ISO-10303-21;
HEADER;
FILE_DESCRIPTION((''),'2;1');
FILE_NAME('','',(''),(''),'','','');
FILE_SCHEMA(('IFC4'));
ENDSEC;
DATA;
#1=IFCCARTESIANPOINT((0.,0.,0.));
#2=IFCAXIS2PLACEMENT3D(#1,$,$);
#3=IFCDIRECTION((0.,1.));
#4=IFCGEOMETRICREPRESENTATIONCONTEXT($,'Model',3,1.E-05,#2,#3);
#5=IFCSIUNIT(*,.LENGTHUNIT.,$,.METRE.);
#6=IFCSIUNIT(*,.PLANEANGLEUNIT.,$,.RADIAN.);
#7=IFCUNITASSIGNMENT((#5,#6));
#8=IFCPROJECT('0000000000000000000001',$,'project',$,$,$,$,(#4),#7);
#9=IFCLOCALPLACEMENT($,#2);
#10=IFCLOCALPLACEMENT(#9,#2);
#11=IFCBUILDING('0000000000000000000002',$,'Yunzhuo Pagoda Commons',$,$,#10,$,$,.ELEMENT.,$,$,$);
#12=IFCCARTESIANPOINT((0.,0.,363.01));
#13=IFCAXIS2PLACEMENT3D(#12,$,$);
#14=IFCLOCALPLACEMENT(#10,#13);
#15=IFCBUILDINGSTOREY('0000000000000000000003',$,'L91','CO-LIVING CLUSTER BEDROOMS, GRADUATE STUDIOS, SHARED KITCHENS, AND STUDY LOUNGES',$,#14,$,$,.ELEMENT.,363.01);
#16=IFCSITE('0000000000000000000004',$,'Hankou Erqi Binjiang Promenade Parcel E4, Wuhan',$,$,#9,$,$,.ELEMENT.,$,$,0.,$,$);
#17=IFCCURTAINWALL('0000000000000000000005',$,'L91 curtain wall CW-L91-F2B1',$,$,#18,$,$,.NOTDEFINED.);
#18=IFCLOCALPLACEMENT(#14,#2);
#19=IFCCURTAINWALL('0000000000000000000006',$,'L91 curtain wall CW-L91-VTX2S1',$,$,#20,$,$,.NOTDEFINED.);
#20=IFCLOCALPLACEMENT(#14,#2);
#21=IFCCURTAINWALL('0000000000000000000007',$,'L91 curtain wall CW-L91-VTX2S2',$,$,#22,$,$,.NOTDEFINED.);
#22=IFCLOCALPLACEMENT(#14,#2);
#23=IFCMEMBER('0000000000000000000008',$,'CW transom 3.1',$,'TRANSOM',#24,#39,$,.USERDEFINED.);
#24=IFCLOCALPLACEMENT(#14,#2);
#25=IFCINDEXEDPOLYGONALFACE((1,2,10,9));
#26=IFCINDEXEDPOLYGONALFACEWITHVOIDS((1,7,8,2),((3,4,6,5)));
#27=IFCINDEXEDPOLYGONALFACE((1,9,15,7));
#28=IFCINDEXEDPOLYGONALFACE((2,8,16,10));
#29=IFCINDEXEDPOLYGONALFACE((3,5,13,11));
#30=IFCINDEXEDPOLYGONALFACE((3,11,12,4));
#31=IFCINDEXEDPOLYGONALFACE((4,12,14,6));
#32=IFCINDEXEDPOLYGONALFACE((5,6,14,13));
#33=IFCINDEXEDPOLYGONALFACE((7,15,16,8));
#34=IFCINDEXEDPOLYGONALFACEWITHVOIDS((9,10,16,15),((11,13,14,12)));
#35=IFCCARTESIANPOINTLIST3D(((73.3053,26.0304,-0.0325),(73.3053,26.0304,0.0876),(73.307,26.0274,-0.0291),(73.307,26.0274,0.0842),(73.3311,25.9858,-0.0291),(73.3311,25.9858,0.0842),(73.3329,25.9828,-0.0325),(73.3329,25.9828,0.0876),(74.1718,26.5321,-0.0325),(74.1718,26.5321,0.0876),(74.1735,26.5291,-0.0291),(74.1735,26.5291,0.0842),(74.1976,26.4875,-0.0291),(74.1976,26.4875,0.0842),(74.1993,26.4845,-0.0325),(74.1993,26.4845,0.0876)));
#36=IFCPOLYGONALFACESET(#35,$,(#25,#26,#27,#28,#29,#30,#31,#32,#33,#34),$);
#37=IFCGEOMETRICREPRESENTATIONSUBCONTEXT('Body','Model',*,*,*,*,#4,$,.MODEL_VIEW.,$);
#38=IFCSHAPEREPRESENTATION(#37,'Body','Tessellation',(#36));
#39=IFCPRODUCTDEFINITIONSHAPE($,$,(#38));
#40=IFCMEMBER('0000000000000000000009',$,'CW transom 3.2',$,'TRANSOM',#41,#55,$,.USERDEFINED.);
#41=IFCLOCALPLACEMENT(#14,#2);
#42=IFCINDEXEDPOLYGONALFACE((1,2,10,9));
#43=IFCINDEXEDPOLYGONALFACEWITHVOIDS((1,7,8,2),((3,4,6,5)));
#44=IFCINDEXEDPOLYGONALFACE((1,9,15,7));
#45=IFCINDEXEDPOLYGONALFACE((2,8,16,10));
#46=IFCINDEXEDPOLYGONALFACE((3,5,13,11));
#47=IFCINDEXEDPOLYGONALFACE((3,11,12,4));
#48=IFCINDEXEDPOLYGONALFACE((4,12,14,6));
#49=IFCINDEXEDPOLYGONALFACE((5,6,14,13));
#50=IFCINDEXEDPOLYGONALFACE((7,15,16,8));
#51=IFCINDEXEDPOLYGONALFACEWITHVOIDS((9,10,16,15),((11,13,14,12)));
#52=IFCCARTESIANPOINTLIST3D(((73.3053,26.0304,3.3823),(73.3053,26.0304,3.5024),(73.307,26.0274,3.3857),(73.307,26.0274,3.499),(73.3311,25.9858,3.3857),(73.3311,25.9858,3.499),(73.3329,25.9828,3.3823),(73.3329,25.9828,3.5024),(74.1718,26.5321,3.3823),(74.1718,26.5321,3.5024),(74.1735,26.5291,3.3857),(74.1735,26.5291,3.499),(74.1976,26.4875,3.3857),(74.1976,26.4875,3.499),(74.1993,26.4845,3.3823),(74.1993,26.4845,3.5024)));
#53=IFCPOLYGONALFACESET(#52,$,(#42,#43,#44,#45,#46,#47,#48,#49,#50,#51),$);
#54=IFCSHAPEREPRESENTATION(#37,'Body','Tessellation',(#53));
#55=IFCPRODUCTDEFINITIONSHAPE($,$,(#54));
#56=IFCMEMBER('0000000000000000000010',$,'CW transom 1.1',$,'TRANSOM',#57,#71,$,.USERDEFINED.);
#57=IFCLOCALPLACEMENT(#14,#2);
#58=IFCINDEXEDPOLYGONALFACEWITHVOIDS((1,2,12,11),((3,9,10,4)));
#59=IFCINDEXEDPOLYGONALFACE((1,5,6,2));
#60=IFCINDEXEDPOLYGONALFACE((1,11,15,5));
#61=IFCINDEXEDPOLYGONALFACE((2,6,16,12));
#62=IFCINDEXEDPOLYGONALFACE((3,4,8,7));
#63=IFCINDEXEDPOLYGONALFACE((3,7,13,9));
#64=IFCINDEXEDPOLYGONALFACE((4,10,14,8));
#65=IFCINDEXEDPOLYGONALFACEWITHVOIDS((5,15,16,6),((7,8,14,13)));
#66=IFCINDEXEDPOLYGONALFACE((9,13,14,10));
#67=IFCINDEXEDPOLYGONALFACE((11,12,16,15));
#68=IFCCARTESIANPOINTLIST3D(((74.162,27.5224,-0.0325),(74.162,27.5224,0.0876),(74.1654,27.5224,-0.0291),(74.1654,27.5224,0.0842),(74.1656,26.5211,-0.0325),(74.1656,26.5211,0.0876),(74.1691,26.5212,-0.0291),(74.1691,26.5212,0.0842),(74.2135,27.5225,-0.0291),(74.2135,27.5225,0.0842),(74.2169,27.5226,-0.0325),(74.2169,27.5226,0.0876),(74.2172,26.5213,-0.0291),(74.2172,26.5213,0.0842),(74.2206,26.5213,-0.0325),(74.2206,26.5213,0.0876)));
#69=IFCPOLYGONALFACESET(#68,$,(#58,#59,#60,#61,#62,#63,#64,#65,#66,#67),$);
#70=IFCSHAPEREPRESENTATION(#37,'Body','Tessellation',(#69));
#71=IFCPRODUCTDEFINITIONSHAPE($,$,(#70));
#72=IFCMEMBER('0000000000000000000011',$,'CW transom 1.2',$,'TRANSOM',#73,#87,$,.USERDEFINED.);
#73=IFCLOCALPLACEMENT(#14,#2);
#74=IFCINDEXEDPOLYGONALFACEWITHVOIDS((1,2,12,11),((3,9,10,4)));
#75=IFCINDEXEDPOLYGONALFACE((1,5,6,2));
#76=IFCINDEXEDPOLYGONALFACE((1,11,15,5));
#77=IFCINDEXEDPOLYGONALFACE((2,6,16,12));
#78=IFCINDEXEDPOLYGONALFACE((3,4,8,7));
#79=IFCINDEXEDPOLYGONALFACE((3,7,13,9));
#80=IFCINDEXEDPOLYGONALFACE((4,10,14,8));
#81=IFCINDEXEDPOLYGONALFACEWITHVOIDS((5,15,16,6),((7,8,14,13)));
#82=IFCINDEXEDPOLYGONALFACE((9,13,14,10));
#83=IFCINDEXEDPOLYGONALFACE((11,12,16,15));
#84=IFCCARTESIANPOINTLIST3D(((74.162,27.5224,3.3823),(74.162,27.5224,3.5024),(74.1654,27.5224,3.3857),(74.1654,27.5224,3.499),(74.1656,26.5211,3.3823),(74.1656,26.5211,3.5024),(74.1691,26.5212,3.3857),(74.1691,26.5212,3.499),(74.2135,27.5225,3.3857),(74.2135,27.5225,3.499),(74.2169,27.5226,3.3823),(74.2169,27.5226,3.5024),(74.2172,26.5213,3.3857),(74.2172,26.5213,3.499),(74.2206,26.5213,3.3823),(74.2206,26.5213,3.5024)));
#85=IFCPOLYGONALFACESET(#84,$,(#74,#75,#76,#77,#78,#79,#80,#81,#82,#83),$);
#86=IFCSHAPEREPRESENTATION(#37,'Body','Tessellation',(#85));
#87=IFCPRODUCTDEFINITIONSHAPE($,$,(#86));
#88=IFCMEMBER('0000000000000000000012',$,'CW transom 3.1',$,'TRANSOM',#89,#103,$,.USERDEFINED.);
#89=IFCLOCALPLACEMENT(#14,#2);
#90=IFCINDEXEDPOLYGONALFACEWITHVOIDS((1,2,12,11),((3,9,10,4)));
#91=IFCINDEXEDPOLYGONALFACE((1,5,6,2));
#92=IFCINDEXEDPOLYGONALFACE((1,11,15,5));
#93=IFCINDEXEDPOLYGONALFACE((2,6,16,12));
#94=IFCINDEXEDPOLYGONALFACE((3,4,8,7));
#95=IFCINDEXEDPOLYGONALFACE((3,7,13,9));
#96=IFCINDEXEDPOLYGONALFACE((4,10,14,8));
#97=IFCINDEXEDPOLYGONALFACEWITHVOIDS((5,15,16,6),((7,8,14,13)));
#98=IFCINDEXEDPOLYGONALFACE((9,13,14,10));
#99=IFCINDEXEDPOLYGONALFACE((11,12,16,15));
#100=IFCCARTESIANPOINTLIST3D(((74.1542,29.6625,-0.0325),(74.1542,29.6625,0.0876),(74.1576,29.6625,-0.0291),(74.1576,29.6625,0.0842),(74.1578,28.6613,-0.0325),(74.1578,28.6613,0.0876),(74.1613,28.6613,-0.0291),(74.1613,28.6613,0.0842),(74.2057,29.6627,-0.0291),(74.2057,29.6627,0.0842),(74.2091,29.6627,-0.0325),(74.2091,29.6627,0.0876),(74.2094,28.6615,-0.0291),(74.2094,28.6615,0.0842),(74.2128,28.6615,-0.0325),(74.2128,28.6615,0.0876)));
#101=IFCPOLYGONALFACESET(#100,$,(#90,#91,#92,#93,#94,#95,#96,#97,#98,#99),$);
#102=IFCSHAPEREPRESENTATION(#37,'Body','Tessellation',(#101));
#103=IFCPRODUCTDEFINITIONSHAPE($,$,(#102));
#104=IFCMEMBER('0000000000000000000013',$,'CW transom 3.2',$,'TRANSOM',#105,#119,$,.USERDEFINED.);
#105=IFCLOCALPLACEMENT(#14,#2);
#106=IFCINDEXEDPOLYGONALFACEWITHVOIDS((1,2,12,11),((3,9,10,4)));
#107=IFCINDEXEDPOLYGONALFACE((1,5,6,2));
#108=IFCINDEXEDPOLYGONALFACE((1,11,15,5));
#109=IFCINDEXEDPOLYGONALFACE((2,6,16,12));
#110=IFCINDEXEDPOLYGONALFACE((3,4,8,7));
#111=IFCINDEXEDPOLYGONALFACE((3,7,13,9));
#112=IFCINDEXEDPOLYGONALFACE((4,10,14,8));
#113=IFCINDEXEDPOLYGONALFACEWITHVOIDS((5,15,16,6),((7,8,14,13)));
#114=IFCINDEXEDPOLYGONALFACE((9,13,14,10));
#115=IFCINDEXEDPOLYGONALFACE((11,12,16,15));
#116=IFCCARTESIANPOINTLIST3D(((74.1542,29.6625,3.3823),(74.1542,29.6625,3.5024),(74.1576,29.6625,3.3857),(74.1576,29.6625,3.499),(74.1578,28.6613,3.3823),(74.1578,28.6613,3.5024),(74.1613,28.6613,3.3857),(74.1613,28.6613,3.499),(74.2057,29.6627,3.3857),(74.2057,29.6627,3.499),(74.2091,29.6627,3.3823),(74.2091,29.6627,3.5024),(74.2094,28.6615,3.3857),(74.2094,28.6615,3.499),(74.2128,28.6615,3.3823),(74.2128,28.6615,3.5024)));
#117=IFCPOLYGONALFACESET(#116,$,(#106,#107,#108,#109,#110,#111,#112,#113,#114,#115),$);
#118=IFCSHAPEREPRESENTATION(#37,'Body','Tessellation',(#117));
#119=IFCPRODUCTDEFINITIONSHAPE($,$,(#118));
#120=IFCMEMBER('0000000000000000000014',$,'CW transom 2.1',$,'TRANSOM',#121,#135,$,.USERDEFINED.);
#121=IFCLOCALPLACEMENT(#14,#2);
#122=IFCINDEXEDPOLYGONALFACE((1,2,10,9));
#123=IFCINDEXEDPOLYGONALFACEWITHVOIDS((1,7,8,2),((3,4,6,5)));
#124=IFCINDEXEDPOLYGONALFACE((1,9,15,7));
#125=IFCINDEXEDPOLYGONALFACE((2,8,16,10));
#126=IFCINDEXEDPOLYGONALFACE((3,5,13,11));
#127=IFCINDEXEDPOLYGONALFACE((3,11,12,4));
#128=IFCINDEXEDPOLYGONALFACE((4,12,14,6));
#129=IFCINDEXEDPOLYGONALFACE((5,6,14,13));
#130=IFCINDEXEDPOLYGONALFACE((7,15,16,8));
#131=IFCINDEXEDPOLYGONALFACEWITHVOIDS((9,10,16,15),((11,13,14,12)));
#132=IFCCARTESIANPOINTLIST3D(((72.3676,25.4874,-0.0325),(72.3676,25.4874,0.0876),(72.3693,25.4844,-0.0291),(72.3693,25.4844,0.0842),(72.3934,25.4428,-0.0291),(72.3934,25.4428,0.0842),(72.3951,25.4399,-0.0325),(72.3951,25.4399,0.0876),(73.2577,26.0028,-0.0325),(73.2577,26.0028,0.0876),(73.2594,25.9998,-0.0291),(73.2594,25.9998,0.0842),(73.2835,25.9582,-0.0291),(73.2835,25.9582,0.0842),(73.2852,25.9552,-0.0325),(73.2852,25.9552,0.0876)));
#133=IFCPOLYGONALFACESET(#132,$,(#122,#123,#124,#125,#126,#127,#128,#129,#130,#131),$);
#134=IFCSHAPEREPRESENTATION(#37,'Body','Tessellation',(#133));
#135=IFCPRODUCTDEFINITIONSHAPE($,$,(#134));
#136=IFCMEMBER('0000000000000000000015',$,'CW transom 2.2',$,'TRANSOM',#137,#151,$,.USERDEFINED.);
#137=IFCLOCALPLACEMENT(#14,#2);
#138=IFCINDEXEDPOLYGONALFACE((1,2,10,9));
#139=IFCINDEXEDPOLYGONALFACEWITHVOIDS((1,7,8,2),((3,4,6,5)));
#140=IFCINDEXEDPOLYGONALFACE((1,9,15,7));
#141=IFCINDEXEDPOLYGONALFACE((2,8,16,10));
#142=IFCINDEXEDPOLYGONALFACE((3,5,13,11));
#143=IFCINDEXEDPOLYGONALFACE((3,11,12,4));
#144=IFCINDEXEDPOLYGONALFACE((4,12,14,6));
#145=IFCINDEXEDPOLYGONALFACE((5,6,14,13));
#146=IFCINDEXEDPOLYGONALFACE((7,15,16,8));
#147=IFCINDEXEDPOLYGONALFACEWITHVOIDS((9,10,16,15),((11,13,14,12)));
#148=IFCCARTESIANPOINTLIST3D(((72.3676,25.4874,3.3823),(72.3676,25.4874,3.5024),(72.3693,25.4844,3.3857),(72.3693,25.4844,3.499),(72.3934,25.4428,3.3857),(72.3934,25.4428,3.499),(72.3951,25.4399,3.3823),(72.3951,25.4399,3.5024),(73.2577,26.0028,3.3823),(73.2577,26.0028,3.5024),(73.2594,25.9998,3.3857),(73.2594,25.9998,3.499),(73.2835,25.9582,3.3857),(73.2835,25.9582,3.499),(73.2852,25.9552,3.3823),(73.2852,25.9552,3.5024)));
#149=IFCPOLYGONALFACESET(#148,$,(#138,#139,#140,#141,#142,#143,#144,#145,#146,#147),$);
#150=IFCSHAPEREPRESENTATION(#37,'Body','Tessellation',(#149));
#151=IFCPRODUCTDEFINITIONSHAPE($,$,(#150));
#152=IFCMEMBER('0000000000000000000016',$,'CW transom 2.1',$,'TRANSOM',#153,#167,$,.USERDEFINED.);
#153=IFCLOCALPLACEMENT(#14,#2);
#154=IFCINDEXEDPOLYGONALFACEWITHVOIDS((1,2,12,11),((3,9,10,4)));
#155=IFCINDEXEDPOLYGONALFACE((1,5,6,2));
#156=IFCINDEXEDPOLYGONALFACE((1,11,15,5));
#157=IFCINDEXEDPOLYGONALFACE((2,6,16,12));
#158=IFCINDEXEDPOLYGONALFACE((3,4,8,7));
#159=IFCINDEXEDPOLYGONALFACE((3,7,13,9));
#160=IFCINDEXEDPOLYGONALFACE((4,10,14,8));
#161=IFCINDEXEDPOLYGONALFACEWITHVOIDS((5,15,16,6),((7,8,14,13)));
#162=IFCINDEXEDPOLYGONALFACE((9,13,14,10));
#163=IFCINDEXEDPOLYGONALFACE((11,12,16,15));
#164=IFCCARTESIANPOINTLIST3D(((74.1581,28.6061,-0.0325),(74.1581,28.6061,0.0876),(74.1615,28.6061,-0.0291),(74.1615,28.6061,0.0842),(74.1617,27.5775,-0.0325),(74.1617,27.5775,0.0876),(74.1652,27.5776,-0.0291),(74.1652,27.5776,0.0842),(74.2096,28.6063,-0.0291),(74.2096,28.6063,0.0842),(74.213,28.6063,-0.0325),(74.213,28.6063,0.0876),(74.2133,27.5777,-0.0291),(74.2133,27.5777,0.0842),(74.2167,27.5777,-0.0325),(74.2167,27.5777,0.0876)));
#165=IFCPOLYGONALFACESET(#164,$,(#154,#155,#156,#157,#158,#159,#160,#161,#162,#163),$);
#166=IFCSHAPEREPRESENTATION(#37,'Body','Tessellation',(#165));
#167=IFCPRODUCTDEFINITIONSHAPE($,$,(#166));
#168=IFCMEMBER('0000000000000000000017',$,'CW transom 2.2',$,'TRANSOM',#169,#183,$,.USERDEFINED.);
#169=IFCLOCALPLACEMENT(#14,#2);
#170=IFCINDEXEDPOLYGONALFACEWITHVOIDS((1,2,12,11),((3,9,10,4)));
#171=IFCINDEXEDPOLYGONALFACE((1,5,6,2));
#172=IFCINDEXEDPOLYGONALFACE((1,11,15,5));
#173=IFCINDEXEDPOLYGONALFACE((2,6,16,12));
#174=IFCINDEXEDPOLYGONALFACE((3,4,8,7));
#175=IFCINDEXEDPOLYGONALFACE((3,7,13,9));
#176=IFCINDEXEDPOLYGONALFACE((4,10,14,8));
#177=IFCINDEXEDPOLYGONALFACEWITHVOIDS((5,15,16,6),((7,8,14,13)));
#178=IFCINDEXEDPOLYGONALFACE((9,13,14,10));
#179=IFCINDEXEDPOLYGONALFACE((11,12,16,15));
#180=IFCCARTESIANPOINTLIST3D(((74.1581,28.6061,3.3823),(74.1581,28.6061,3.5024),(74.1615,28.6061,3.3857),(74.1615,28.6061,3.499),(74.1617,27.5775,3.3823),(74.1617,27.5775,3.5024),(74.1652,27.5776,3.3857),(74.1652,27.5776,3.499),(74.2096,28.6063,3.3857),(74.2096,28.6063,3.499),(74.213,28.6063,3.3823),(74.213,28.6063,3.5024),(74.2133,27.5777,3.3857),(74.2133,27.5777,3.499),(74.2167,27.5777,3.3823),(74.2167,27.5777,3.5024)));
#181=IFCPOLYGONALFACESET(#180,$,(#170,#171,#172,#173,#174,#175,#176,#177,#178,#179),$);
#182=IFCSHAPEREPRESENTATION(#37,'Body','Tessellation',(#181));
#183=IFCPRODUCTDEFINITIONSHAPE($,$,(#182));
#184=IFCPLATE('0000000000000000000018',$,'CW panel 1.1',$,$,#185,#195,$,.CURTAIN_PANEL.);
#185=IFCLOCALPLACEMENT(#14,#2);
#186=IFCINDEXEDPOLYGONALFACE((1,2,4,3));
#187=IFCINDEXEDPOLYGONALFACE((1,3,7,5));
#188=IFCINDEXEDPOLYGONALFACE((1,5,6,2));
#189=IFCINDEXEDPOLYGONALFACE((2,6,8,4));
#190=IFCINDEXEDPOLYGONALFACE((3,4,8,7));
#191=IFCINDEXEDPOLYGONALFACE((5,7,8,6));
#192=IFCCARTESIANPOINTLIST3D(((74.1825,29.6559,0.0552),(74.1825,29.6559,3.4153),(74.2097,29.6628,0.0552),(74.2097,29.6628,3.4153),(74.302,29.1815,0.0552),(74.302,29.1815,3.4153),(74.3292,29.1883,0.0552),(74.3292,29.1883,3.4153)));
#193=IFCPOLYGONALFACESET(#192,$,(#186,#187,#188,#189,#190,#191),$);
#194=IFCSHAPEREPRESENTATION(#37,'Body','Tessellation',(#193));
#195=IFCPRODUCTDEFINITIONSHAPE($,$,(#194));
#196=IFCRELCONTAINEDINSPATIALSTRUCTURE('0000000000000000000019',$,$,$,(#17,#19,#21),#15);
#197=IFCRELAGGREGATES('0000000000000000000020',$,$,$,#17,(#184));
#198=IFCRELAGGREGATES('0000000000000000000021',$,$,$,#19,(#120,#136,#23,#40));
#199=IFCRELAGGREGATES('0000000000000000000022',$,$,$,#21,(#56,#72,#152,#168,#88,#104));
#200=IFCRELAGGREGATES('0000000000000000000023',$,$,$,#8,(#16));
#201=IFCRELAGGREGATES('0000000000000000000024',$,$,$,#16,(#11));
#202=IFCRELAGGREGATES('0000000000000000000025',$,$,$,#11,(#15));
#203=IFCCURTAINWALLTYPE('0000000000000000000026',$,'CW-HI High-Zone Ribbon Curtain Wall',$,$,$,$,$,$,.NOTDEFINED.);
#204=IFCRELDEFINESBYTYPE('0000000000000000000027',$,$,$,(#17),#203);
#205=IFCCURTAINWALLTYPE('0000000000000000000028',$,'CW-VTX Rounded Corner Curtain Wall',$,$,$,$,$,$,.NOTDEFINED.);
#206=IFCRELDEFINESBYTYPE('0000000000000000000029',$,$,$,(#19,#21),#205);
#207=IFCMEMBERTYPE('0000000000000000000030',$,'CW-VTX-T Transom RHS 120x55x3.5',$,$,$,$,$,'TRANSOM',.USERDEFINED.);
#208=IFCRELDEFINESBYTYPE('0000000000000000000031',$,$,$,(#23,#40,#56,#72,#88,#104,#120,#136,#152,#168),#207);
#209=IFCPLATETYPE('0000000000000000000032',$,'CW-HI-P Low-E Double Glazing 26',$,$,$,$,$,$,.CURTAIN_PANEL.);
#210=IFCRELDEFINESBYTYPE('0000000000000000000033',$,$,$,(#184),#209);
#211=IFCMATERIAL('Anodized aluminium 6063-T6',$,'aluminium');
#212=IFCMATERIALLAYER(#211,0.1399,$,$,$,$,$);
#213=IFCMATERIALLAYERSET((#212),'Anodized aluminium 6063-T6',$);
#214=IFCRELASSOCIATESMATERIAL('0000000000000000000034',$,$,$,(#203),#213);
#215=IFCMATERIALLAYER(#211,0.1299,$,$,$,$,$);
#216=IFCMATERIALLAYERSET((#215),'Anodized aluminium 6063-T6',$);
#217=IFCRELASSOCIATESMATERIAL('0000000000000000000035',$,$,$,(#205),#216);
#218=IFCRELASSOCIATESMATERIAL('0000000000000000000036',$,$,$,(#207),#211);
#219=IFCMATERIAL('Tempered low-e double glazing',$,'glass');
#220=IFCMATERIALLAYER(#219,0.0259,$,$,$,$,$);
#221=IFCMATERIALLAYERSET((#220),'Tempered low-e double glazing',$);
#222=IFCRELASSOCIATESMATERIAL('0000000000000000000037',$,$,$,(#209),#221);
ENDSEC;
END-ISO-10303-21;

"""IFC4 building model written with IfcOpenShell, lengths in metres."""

from ifc_helpers import new_model, si_unit, direction, frame, origin, origin_2d, place, context, subcontext, project, spatial, rectangle, hollow_rectangle, extrude, source, transform, mapped, material, layer, layer_set, material_profile, profile_set, type_object, element, aggregate, save


model = new_model("IFC4")

# Units and contexts
model_context = context("Model", 3, precision=1e-05, world=origin(), true_north=direction((0.0, 1.0)))
body_context = subcontext(model_context, "Body", "Model", "MODEL_VIEW")
ifc_project = project(units=[si_unit("LENGTHUNIT", "METRE"), si_unit("PLANEANGLEUNIT", "RADIAN")], contexts=[model_context])

# Site, building, storey
site_placement = place(None, origin())
site = spatial("IfcSite", under=ifc_project, at=site_placement, Name="Hankou Erqi Binjiang Promenade Parcel E4, Wuhan", CompositionType="ELEMENT", RefElevation=0.0)
building_placement = place(site_placement, origin())
building = spatial("IfcBuilding", under=site, at=building_placement, Name="Yunzhuo Pagoda Commons", CompositionType="ELEMENT")
storey_placement = place(building_placement, frame((0.0, 0.0, 363.01)))
storey = spatial("IfcBuildingStorey", under=building, at=storey_placement, Name="L91", Description="CO-LIVING CLUSTER BEDROOMS, GRADUATE STUDIOS, SHARED KITCHENS, AND STUDY LOUNGES", CompositionType="ELEMENT", Elevation=363.01)

# Shared definitions
ifc_material_1 = material(Name="Anodized aluminium 6063-T6", Category="aluminium")
ifc_layer_1 = layer(ifc_material_1, 0.1399)
ifc_layer_set_1 = layer_set([ifc_layer_1], Name="Anodized aluminium 6063-T6")
curtain_wall_type_1 = type_object("IfcCurtainWallType", Name="CW-HI High-Zone Ribbon Curtain Wall", PredefinedType="NOTDEFINED", material=ifc_layer_set_1)

# Curtain walls
curtain_wall_1_placement = place(storey_placement, origin())
curtain_wall_1 = element("IfcCurtainWall", 1, at=curtain_wall_1_placement, inside=storey, type_object=curtain_wall_type_1, Name="L91 curtain wall CW-L91-F2B1", PredefinedType="NOTDEFINED")
ifc_layer_2 = layer(ifc_material_1, 0.1299)
ifc_layer_set_2 = layer_set([ifc_layer_2], Name="Anodized aluminium 6063-T6")
curtain_wall_type_2 = type_object("IfcCurtainWallType", Name="CW-VTX Rounded Corner Curtain Wall", PredefinedType="NOTDEFINED", material=ifc_layer_set_2)
curtain_wall_2_placement = place(storey_placement, origin())
curtain_wall_2 = element("IfcCurtainWall", 2, at=curtain_wall_2_placement, inside=storey, type_object=curtain_wall_type_2, Name="L91 curtain wall CW-L91-VTX2S1", PredefinedType="NOTDEFINED")
curtain_wall_3_placement = place(storey_placement, origin())
curtain_wall_3 = element("IfcCurtainWall", 3, at=curtain_wall_3_placement, inside=storey, type_object=curtain_wall_type_2, Name="L91 curtain wall CW-L91-VTX2S2", PredefinedType="NOTDEFINED")

# Members
ifc_material_profile_1 = material_profile(ifc_material_1, hollow_rectangle(XDim=0.0549, YDim=0.1201, WallThickness=0.0034, at=origin_2d()), Name="Anodized aluminium 6063-T6")
ifc_profile_set_1 = profile_set([ifc_material_profile_1], Name="Anodized aluminium 6063-T6")
member_type_1 = type_object("IfcMemberType", Name="CW-VTX-T Transom RHS 120x55x3.5", ElementType="TRANSOM", PredefinedType="USERDEFINED", material=ifc_profile_set_1)
shared_shape_1 = source(origin(), body_context, "Body", "SweptSolid", [
    extrude(hollow_rectangle(XDim=0.0549, YDim=0.1201, WallThickness=0.0034, at=origin_2d()), origin(), (0.0, 0.0, 1.0), 1.0012),
])
member_1_placement = place(storey_placement, frame((73.3191, 26.0066, 0.0276), z_axis=(0.865393, 0.501094, 0.0), x_axis=(-0.501094, 0.865393, 0.0)))
member_1 = element("IfcMember", 4, at=member_1_placement, type_object=member_type_1, Name="CW transom 3.1", ObjectType="TRANSOM", PredefinedType="USERDEFINED", context=body_context, shape_type="MappedRepresentation", body=[
    mapped(shared_shape_1, transform((0.0, 0.0, 0.0), scale=1.0)),
])
member_2_placement = place(storey_placement, frame((73.3191, 26.0066, 3.4424), z_axis=(0.865393, 0.501094, 0.0), x_axis=(-0.501094, 0.865393, 0.0)))
member_2 = element("IfcMember", 5, at=member_2_placement, type_object=member_type_1, Name="CW transom 3.2", ObjectType="TRANSOM", PredefinedType="USERDEFINED", context=body_context, shape_type="MappedRepresentation", body=[
    mapped(shared_shape_1, transform((0.0, 0.0, 0.0), scale=1.0)),
])
member_3_placement = place(storey_placement, frame((74.1931, 26.5212, 0.0276), z_axis=(-0.003658, 0.999993, 0.0), x_axis=(-0.999993, -0.003658, 0.0)))
member_3 = element("IfcMember", 6, at=member_3_placement, type_object=member_type_1, Name="CW transom 1.1", ObjectType="TRANSOM", PredefinedType="USERDEFINED", context=body_context, shape_type="MappedRepresentation", body=[
    mapped(shared_shape_1, transform((0.0, 0.0, 0.0), scale=1.0)),
])
member_4_placement = place(storey_placement, frame((74.1931, 26.5212, 3.4424), z_axis=(-0.003658, 0.999993, 0.0), x_axis=(-0.999993, -0.003658, 0.0)))
member_4 = element("IfcMember", 7, at=member_4_placement, type_object=member_type_1, Name="CW transom 1.2", ObjectType="TRANSOM", PredefinedType="USERDEFINED", context=body_context, shape_type="MappedRepresentation", body=[
    mapped(shared_shape_1, transform((0.0, 0.0, 0.0), scale=1.0)),
])
member_5_placement = place(storey_placement, frame((74.1853, 28.6614, 0.0276), z_axis=(-0.003658, 0.999993, 0.0), x_axis=(-0.999993, -0.003658, 0.0)))
member_5 = element("IfcMember", 8, at=member_5_placement, type_object=member_type_1, Name="CW transom 3.1", ObjectType="TRANSOM", PredefinedType="USERDEFINED", context=body_context, shape_type="MappedRepresentation", body=[
    mapped(shared_shape_1, transform((0.0, 0.0, 0.0), scale=1.0)),
])
member_6_placement = place(storey_placement, frame((74.1853, 28.6614, 3.4424), z_axis=(-0.003658, 0.999993, 0.0), x_axis=(-0.999993, -0.003658, 0.0)))
member_6 = element("IfcMember", 9, at=member_6_placement, type_object=member_type_1, Name="CW transom 3.2", ObjectType="TRANSOM", PredefinedType="USERDEFINED", context=body_context, shape_type="MappedRepresentation", body=[
    mapped(shared_shape_1, transform((0.0, 0.0, 0.0), scale=1.0)),
])
shared_shape_2 = source(origin(), body_context, "Body", "SweptSolid", [
    extrude(hollow_rectangle(XDim=0.0549, YDim=0.1201, WallThickness=0.0034, at=origin_2d()), origin(), (0.0, 0.0, 1.0), 1.0286),
])
member_7_placement = place(storey_placement, frame((72.3813, 25.4636, 0.0276), z_axis=(0.86541, 0.501064, 0.0), x_axis=(-0.501064, 0.86541, 0.0)))
member_7 = element("IfcMember", 10, at=member_7_placement, type_object=member_type_1, Name="CW transom 2.1", ObjectType="TRANSOM", PredefinedType="USERDEFINED", context=body_context, shape_type="MappedRepresentation", body=[
    mapped(shared_shape_2, transform((0.0, 0.0, 0.0), scale=1.0)),
])
member_8_placement = place(storey_placement, frame((72.3813, 25.4636, 3.4424), z_axis=(0.86541, 0.501064, 0.0), x_axis=(-0.501064, 0.86541, 0.0)))
member_8 = element("IfcMember", 11, at=member_8_placement, type_object=member_type_1, Name="CW transom 2.2", ObjectType="TRANSOM", PredefinedType="USERDEFINED", context=body_context, shape_type="MappedRepresentation", body=[
    mapped(shared_shape_2, transform((0.0, 0.0, 0.0), scale=1.0)),
])
member_9_placement = place(storey_placement, frame((74.1892, 27.5776, 0.0276), z_axis=(-0.00356, 0.999994, 0.0), x_axis=(-0.999994, -0.00356, 0.0)))
member_9 = element("IfcMember", 12, at=member_9_placement, type_object=member_type_1, Name="CW transom 2.1", ObjectType="TRANSOM", PredefinedType="USERDEFINED", context=body_context, shape_type="MappedRepresentation", body=[
    mapped(shared_shape_2, transform((0.0, 0.0, 0.0), scale=1.0)),
])
member_10_placement = place(storey_placement, frame((74.1892, 27.5776, 3.4424), z_axis=(-0.00356, 0.999994, 0.0), x_axis=(-0.999994, -0.00356, 0.0)))
member_10 = element("IfcMember", 13, at=member_10_placement, type_object=member_type_1, Name="CW transom 2.2", ObjectType="TRANSOM", PredefinedType="USERDEFINED", context=body_context, shape_type="MappedRepresentation", body=[
    mapped(shared_shape_2, transform((0.0, 0.0, 0.0), scale=1.0)),
])

# Plate
ifc_material_2 = material(Name="Tempered low-e double glazing", Category="glass")
ifc_layer_3 = layer(ifc_material_2, 0.0259)
ifc_layer_set_3 = layer_set([ifc_layer_3], Name="Tempered low-e double glazing")
plate_type_1 = type_object("IfcPlateType", Name="CW-HI-P Low-E Double Glazing 26", PredefinedType="CURTAIN_PANEL", material=ifc_layer_set_3)
shared_shape_3 = source(origin(), body_context, "Body", "SweptSolid", [
    extrude(rectangle(XDim=0.4893, YDim=0.0281, at=origin_2d()), origin(), (0.0, 0.0, 1.0), 3.3601),
])
plate_1_placement = place(storey_placement, frame((74.2559, 29.4221, 0.0552), z_axis=(0.0, 0.0, 1.0), x_axis=(0.244235, -0.969716, 0.0)))
plate_1 = element("IfcPlate", 14, at=plate_1_placement, type_object=plate_type_1, Name="CW panel 1.1", PredefinedType="CURTAIN_PANEL", context=body_context, shape_type="MappedRepresentation", body=[
    mapped(shared_shape_3, transform((0.0, 0.0, 0.0), scale=1.0)),
])
aggregate(curtain_wall_1, [plate_1])
aggregate(curtain_wall_2, [member_7, member_8, member_1, member_2])
aggregate(curtain_wall_3, [member_3, member_4, member_9, member_10, member_5, member_6])

save(model, "model.ifc")
